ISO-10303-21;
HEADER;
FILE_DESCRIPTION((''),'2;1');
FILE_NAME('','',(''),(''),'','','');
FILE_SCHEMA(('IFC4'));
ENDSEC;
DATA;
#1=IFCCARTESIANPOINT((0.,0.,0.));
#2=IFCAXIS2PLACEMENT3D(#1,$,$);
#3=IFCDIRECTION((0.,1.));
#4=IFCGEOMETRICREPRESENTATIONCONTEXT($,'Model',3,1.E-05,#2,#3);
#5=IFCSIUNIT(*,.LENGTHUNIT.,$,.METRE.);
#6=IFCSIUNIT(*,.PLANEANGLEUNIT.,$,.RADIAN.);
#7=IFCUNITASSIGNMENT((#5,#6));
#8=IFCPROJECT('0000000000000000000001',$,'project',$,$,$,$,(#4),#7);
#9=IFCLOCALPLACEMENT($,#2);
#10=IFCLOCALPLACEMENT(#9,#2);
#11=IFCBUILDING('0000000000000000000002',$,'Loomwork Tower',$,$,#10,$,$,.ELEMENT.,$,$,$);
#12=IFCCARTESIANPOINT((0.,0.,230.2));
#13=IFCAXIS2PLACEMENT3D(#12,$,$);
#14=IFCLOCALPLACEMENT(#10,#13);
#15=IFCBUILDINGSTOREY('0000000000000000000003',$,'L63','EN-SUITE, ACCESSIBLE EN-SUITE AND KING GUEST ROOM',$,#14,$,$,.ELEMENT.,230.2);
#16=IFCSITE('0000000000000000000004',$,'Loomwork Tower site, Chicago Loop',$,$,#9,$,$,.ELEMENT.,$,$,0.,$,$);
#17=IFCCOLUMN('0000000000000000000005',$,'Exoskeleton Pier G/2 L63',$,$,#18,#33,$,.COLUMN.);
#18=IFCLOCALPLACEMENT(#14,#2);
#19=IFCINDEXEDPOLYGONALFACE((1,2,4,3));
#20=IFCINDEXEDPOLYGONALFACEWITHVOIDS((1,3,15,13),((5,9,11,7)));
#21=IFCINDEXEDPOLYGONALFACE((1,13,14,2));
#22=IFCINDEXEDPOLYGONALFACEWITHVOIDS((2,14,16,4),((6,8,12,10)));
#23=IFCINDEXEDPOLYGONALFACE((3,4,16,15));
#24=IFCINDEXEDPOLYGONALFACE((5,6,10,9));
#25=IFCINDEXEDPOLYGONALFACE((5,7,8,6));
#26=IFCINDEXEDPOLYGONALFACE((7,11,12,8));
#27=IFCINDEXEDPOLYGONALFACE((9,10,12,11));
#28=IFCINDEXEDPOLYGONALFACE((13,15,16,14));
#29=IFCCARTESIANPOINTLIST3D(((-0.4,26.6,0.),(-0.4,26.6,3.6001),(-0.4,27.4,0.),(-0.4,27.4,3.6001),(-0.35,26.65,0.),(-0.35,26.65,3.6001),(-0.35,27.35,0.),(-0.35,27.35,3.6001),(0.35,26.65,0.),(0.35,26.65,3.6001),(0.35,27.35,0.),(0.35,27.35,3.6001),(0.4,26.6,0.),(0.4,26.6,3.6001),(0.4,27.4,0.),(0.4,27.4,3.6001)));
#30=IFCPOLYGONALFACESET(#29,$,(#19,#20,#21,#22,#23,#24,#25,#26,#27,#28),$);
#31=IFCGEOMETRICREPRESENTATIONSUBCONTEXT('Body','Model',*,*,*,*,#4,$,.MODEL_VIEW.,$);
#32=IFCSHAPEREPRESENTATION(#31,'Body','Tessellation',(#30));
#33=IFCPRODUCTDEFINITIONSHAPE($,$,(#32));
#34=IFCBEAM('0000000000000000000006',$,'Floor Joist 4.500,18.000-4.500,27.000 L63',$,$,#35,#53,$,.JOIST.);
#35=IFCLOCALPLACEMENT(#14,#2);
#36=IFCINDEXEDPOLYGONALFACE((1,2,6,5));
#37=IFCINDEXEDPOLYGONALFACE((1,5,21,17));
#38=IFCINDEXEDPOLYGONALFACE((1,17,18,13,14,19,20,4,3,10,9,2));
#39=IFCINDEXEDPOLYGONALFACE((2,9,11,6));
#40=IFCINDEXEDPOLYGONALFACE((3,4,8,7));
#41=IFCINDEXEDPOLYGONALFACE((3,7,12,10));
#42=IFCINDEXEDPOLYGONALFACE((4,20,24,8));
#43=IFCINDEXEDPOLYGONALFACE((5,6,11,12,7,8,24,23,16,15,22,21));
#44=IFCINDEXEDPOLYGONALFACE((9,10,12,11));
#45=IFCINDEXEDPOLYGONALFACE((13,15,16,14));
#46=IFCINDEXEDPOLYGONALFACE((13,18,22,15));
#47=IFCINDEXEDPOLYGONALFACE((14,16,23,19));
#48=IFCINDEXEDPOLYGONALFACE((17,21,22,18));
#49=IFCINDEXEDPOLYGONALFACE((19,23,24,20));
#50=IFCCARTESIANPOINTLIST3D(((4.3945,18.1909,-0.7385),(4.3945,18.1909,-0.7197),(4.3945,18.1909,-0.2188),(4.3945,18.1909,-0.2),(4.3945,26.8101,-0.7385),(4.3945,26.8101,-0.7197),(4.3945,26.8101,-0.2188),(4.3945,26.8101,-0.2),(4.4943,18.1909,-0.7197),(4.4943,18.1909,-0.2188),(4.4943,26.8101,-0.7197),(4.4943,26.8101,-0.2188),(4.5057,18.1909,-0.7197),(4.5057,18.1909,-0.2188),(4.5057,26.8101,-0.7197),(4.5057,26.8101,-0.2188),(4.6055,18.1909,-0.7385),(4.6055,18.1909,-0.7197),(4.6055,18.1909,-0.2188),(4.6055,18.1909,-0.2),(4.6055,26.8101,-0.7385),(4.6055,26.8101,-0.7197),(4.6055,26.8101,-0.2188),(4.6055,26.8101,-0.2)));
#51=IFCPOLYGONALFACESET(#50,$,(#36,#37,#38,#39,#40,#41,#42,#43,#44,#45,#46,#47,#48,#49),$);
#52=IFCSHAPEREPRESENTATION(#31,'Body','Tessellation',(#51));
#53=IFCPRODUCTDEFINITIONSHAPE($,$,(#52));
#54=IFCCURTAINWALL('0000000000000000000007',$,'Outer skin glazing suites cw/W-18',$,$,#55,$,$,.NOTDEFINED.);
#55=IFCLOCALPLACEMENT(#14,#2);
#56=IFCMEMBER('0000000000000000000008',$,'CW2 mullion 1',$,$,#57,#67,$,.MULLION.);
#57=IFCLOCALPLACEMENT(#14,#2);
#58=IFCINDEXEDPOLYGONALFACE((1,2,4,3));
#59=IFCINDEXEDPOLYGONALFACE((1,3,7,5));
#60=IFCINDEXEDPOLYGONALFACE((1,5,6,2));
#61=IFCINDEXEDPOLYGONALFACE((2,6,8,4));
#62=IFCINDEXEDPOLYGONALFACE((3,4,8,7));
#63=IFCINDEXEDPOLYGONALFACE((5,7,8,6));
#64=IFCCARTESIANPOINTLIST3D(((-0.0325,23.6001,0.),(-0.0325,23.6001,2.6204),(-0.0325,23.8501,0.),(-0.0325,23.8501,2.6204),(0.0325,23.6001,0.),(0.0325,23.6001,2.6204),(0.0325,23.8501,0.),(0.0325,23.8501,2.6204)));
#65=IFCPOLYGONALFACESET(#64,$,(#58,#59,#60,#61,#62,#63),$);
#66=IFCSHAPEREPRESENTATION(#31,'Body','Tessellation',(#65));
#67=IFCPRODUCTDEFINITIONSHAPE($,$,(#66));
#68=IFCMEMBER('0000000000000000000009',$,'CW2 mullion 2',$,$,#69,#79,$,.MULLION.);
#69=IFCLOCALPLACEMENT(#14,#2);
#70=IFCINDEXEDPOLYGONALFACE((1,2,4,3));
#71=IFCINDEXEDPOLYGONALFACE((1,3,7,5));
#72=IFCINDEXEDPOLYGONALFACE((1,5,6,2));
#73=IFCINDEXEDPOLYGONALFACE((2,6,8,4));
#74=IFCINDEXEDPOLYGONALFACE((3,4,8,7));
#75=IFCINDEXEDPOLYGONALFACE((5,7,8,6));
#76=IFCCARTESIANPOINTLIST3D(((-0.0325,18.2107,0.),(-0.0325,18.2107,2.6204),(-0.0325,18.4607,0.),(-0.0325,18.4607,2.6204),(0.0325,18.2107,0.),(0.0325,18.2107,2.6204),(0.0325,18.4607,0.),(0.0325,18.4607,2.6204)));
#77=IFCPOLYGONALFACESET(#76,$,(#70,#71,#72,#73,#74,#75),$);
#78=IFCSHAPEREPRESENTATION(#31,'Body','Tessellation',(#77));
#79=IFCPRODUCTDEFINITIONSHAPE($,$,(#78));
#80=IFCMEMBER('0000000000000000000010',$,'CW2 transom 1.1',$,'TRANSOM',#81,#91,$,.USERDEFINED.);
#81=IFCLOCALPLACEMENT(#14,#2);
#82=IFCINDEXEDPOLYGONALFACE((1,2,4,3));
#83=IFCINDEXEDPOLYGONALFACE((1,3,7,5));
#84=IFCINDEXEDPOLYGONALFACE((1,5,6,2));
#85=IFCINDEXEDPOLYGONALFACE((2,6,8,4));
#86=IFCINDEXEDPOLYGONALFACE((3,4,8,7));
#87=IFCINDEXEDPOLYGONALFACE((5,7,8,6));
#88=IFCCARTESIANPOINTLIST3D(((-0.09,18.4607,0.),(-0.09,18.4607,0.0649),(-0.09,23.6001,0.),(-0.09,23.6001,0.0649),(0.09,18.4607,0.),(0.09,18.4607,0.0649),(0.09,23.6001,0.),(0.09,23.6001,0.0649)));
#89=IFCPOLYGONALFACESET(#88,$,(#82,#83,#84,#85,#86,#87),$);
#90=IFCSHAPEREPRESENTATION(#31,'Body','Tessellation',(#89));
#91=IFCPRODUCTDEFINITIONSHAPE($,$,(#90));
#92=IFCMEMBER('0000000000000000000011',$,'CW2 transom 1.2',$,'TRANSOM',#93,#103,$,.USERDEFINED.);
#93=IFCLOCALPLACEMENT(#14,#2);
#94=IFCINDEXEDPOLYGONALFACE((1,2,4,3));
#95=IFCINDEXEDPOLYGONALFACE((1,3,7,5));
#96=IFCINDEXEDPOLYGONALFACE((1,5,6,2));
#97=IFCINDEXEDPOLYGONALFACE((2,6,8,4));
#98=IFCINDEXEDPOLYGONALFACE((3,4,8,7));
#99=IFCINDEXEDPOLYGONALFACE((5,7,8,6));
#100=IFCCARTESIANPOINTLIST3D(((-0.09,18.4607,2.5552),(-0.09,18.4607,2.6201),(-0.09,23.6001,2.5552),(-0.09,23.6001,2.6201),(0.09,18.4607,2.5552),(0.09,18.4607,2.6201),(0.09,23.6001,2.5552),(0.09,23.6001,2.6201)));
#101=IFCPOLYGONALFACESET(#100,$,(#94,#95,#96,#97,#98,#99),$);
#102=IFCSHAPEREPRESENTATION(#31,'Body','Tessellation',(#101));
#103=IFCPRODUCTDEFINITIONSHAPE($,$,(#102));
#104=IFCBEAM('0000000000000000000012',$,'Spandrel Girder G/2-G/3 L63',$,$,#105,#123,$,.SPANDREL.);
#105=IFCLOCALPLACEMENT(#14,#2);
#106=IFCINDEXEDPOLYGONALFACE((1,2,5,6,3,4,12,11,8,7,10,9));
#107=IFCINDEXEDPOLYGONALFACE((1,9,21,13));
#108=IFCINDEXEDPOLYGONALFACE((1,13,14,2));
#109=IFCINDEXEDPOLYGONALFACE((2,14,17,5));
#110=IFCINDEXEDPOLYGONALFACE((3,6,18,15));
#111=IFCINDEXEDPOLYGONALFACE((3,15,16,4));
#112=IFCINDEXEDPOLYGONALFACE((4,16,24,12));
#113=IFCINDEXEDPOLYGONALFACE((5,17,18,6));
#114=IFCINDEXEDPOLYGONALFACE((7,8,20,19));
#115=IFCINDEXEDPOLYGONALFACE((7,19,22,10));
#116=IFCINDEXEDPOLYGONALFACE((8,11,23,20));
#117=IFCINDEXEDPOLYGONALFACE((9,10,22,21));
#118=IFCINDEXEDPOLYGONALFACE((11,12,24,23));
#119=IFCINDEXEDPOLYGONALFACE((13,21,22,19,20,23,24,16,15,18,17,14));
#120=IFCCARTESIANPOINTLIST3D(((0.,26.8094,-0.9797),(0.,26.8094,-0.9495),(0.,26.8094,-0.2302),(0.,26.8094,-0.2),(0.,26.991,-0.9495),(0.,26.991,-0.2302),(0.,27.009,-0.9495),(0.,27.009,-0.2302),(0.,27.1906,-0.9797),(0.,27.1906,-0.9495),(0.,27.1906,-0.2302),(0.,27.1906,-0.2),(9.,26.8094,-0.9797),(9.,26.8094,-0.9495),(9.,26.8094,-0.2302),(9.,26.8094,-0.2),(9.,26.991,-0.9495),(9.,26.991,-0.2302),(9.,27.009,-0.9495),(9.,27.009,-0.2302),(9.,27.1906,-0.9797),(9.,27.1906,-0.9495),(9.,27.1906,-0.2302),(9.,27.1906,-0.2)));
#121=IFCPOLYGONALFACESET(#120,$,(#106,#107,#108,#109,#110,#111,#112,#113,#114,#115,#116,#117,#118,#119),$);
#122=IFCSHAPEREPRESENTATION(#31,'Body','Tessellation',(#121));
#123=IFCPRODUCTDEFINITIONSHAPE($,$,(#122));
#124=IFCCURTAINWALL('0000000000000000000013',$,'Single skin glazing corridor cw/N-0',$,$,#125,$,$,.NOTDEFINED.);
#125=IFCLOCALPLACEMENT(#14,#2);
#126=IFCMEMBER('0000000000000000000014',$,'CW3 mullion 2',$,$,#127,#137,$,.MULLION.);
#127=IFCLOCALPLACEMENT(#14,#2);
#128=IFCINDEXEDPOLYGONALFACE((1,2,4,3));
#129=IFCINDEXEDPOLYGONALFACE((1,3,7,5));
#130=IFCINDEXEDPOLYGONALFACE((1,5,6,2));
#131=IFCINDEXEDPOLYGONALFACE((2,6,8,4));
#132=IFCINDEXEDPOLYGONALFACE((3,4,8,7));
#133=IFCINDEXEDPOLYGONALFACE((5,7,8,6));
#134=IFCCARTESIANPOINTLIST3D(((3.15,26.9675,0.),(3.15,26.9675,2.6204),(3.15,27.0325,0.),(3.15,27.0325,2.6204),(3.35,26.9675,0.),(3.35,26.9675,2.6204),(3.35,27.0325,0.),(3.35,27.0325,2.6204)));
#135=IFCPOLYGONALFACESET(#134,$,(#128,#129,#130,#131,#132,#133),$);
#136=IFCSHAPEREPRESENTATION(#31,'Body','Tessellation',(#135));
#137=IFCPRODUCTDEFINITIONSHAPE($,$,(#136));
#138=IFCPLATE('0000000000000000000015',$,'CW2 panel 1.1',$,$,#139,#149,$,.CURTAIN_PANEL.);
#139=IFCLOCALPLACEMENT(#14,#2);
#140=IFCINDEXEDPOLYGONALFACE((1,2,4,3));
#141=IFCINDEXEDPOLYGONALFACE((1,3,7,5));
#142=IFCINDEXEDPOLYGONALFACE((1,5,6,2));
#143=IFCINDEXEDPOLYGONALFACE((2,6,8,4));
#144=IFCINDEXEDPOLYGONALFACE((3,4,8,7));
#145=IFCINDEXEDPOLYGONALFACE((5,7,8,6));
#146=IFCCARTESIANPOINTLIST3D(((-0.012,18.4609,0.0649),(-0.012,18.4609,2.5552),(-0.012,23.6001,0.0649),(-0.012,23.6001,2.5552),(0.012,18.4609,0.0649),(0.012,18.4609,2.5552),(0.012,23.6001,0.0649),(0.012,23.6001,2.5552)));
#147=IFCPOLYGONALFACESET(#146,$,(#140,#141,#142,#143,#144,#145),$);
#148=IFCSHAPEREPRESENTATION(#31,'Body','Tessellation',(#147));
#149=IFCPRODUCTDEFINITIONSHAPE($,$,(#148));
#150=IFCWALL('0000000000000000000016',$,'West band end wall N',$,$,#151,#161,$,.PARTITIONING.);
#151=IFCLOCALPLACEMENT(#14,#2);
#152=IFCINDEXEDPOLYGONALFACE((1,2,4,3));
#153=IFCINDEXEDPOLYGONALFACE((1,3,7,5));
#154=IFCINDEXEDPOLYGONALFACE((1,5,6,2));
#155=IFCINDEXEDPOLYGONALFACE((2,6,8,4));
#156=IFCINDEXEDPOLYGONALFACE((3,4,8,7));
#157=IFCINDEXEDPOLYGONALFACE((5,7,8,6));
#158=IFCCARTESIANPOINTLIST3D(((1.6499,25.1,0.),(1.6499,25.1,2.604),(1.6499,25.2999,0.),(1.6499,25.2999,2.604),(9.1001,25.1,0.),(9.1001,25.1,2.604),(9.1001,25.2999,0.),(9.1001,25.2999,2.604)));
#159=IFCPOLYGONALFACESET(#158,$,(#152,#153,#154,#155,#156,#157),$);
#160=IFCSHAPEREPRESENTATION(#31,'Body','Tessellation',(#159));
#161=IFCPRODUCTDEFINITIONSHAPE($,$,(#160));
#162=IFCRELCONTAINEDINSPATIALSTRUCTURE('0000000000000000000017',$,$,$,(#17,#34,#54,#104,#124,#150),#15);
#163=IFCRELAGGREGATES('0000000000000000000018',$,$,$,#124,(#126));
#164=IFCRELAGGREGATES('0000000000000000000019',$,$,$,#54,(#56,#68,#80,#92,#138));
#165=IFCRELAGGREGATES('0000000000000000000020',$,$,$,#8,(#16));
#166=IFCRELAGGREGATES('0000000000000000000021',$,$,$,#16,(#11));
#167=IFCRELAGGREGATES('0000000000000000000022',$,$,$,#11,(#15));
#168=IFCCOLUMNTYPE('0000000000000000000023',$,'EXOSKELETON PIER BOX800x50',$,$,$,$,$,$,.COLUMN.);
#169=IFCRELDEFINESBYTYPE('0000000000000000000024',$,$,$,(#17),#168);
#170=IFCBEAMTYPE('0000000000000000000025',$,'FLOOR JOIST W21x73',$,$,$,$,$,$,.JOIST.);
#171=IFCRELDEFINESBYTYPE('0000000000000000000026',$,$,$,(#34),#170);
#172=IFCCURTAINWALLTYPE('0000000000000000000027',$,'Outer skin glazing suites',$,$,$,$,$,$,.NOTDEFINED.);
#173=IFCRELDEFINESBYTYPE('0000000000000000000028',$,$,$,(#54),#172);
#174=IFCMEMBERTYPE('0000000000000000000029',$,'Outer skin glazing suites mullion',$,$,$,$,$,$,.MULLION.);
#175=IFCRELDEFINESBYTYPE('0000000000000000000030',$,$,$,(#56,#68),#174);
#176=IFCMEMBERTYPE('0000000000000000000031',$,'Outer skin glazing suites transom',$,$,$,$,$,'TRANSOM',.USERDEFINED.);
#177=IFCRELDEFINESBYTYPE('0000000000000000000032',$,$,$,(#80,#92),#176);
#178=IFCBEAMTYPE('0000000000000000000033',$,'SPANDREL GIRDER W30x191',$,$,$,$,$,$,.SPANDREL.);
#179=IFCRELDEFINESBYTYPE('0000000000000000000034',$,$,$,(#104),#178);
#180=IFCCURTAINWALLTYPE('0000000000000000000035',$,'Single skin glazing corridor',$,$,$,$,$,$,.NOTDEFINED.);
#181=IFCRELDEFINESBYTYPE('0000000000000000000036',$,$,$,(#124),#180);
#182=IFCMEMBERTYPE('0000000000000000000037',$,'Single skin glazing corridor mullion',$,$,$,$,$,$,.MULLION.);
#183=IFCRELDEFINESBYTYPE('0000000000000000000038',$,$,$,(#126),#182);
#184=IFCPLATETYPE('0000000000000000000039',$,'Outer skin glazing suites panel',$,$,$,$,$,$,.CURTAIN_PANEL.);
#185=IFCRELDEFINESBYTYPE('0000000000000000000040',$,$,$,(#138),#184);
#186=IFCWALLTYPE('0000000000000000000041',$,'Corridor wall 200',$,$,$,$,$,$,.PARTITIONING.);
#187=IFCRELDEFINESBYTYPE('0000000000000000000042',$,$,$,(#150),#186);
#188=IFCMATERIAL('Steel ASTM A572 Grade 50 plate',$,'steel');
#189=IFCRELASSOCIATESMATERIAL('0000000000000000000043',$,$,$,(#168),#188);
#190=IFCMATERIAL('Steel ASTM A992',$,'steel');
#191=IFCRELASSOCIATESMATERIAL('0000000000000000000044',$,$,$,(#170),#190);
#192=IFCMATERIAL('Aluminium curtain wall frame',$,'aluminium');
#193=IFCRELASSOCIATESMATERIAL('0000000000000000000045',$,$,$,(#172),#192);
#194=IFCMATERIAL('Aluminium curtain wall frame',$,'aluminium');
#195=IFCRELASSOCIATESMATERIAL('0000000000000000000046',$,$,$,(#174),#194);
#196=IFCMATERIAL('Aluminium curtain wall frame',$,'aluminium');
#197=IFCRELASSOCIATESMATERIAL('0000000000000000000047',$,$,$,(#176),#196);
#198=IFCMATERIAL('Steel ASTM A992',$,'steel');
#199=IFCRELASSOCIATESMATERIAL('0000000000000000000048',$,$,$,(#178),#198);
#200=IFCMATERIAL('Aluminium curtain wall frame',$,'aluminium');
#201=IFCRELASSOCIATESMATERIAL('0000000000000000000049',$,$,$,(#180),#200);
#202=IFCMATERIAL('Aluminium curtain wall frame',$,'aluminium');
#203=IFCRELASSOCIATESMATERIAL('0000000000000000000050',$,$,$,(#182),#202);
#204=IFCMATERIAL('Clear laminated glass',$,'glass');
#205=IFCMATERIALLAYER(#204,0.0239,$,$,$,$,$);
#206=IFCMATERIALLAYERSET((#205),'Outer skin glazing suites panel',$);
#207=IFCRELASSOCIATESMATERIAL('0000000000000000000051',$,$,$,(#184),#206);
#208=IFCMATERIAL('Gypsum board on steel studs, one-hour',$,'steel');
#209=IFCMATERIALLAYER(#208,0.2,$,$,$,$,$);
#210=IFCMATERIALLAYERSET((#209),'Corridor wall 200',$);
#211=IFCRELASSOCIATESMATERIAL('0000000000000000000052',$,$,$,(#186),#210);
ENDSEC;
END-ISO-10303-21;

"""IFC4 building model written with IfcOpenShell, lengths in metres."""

from ifc_helpers import new_model, si_unit, direction, frame, frame_2d, origin, origin_2d, place, context, subcontext, project, spatial, rectangle, hollow_rectangle, i_section, extrude, material, layer, layer_set, material_profile, profile_set, type_object, element, aggregate, save


model = new_model("IFC4")

# Units and contexts
model_context = context("Model", 3, precision=1e-05, world=origin(), true_north=direction((0.0, 1.0)))
body_context = subcontext(model_context, "Body", "Model", "MODEL_VIEW")
ifc_project = project(units=[si_unit("LENGTHUNIT", "METRE"), si_unit("PLANEANGLEUNIT", "RADIAN")], contexts=[model_context])

# Site, building, storey
site_placement = place(None, origin())
site = spatial("IfcSite", under=ifc_project, at=site_placement, Name="Loomwork Tower site, Chicago Loop", CompositionType="ELEMENT", RefElevation=0.0)
building_placement = place(site_placement, origin())
building = spatial("IfcBuilding", under=site, at=building_placement, Name="Loomwork Tower", CompositionType="ELEMENT")
storey_placement = place(building_placement, frame((0.0, 0.0, 230.2)))
storey = spatial("IfcBuildingStorey", under=building, at=storey_placement, Name="L63", Description="EN-SUITE, ACCESSIBLE EN-SUITE AND KING GUEST ROOM", CompositionType="ELEMENT", Elevation=230.2)

# Column
ifc_material_1 = material(Name="Steel ASTM A572 Grade 50 plate", Category="steel")
ifc_material_profile_1 = material_profile(ifc_material_1, hollow_rectangle(XDim=0.8, YDim=0.8, WallThickness=0.05, at=origin_2d()), Name="BOX800x50")
ifc_profile_set_1 = profile_set([ifc_material_profile_1], Name="Steel ASTM A572 Grade 50 plate")
column_type = type_object("IfcColumnType", Name="EXOSKELETON PIER BOX800x50", PredefinedType="COLUMN", material=ifc_profile_set_1)
column_placement = place(storey_placement, frame((0.0, 27.0, 0.0), z_axis=(0.0, 0.0, 1.0), x_axis=(0.0, 1.0, 0.0)))
element("IfcColumn", 1, at=column_placement, inside=storey, type_object=column_type, Name="Exoskeleton Pier G/2 L63", PredefinedType="COLUMN", context=body_context, shape_type="SweptSolid", body=[
    extrude(hollow_rectangle(XDim=0.8, YDim=0.8, WallThickness=0.05, at=origin_2d()), origin(), (0.0, 0.0, 1.0), 3.6001),
])

# Beam
ifc_material_2 = material(Name="Steel ASTM A992", Category="steel")
ifc_material_profile_2 = material_profile(ifc_material_2, i_section(OverallWidth=0.2109, OverallDepth=0.5386, WebThickness=0.0115, FlangeThickness=0.0188, at=origin_2d()), Name="W21x73")
ifc_profile_set_2 = profile_set([ifc_material_profile_2], Name="Steel ASTM A992")
beam_type_1 = type_object("IfcBeamType", Name="FLOOR JOIST W21x73", PredefinedType="JOIST", material=ifc_profile_set_2)
beam_1_placement = place(storey_placement, frame((4.5, 18.1909, -0.4692), z_axis=(0.0, 1.0, 0.0), x_axis=(-1.0, 0.0, 0.0)))
element("IfcBeam", 2, at=beam_1_placement, inside=storey, type_object=beam_type_1, Name="Floor Joist 4.500,18.000-4.500,27.000 L63", PredefinedType="JOIST", context=body_context, shape_type="SweptSolid", body=[
    extrude(i_section(OverallWidth=0.2109, OverallDepth=0.5386, WebThickness=0.0115, FlangeThickness=0.0188, at=origin_2d()), origin(), (0.0, 0.0, 1.0), 8.6191),
])

# Curtain wall, members
ifc_material_3 = material(Name="Aluminium curtain wall frame", Category="aluminium")
curtain_wall_type_1 = type_object("IfcCurtainWallType", Name="Outer skin glazing suites", PredefinedType="NOTDEFINED", material=ifc_material_3)
curtain_wall_1_placement = place(storey_placement, origin())
curtain_wall_1 = element("IfcCurtainWall", 3, at=curtain_wall_1_placement, inside=storey, type_object=curtain_wall_type_1, Name="Outer skin glazing suites cw/W-18", PredefinedType="NOTDEFINED")
ifc_material_4 = material(Name="Aluminium curtain wall frame", Category="aluminium")
ifc_material_profile_3 = material_profile(ifc_material_4, rectangle(XDim=0.0649, YDim=0.25, at=origin_2d()), Name="AL 65x250")
ifc_profile_set_3 = profile_set([ifc_material_profile_3], Name="Aluminium curtain wall frame")
member_type_1 = type_object("IfcMemberType", Name="Outer skin glazing suites mullion", PredefinedType="MULLION", material=ifc_profile_set_3)
member_1_placement = place(storey_placement, frame((0.0, 23.7251, 0.0), z_axis=(0.0, 0.0, 1.0), x_axis=(1.0, 0.0, 0.0)))
member_1 = element("IfcMember", 4, at=member_1_placement, type_object=member_type_1, Name="CW2 mullion 1", PredefinedType="MULLION", context=body_context, shape_type="SweptSolid", body=[
    extrude(rectangle(XDim=0.0649, YDim=0.25, at=origin_2d()), origin(), (0.0, 0.0, 1.0), 2.6204),
])
member_2_placement = place(storey_placement, frame((0.0, 18.3357, 0.0), z_axis=(0.0, 0.0, 1.0), x_axis=(1.0, 0.0, 0.0)))
member_2 = element("IfcMember", 5, at=member_2_placement, type_object=member_type_1, Name="CW2 mullion 2", PredefinedType="MULLION", context=body_context, shape_type="SweptSolid", body=[
    extrude(rectangle(XDim=0.0649, YDim=0.25, at=origin_2d()), origin(), (0.0, 0.0, 1.0), 2.6204),
])
ifc_material_5 = material(Name="Aluminium curtain wall frame", Category="aluminium")
ifc_material_profile_4 = material_profile(ifc_material_5, rectangle(XDim=0.1799, YDim=0.0649, at=origin_2d()), Name="AL 65x180")
ifc_profile_set_4 = profile_set([ifc_material_profile_4], Name="Aluminium curtain wall frame")
member_type_2 = type_object("IfcMemberType", Name="Outer skin glazing suites transom", ElementType="TRANSOM", PredefinedType="USERDEFINED", material=ifc_profile_set_4)
member_3_placement = place(storey_placement, frame((0.0, 23.6001, 0.0325), z_axis=(0.0, -1.0, 0.0), x_axis=(1.0, 0.0, 0.0)))
member_3 = element("IfcMember", 6, at=member_3_placement, type_object=member_type_2, Name="CW2 transom 1.1", ObjectType="TRANSOM", PredefinedType="USERDEFINED", context=body_context, shape_type="SweptSolid", body=[
    extrude(rectangle(XDim=0.1799, YDim=0.0649, at=origin_2d()), origin(), (0.0, 0.0, 1.0), 5.1394),
])
member_4_placement = place(storey_placement, frame((0.0, 23.6001, 2.5876), z_axis=(0.0, -1.0, 0.0), x_axis=(1.0, 0.0, 0.0)))
member_4 = element("IfcMember", 7, at=member_4_placement, type_object=member_type_2, Name="CW2 transom 1.2", ObjectType="TRANSOM", PredefinedType="USERDEFINED", context=body_context, shape_type="SweptSolid", body=[
    extrude(rectangle(XDim=0.1799, YDim=0.0649, at=origin_2d()), origin(), (0.0, 0.0, 1.0), 5.1394),
])

# Beam
ifc_material_6 = material(Name="Steel ASTM A992", Category="steel")
ifc_material_profile_5 = material_profile(ifc_material_6, i_section(OverallWidth=0.3811, OverallDepth=0.7798, WebThickness=0.0181, FlangeThickness=0.0303, at=origin_2d()), Name="W30x191")
ifc_profile_set_5 = profile_set([ifc_material_profile_5], Name="Steel ASTM A992")
beam_type_2 = type_object("IfcBeamType", Name="SPANDREL GIRDER W30x191", PredefinedType="SPANDREL", material=ifc_profile_set_5)
beam_2_placement = place(storey_placement, frame((0.0, 27.0, -0.5898), z_axis=(1.0, 0.0, 0.0), x_axis=(0.0, 1.0, 0.0)))
element("IfcBeam", 8, at=beam_2_placement, inside=storey, type_object=beam_type_2, Name="Spandrel Girder G/2-G/3 L63", PredefinedType="SPANDREL", context=body_context, shape_type="SweptSolid", body=[
    extrude(i_section(OverallWidth=0.3811, OverallDepth=0.7798, WebThickness=0.0181, FlangeThickness=0.0303, at=origin_2d()), origin(), (0.0, 0.0, 1.0), 9.0),
])

# Curtain wall, member
ifc_material_7 = material(Name="Aluminium curtain wall frame", Category="aluminium")
curtain_wall_type_2 = type_object("IfcCurtainWallType", Name="Single skin glazing corridor", PredefinedType="NOTDEFINED", material=ifc_material_7)
curtain_wall_2_placement = place(storey_placement, origin())
curtain_wall_2 = element("IfcCurtainWall", 9, at=curtain_wall_2_placement, inside=storey, type_object=curtain_wall_type_2, Name="Single skin glazing corridor cw/N-0", PredefinedType="NOTDEFINED")
ifc_material_8 = material(Name="Aluminium curtain wall frame", Category="aluminium")
ifc_material_profile_6 = material_profile(ifc_material_8, rectangle(XDim=0.0649, YDim=0.2, at=origin_2d()), Name="AL 65x200")
ifc_profile_set_6 = profile_set([ifc_material_profile_6], Name="Aluminium curtain wall frame")
member_type_3 = type_object("IfcMemberType", Name="Single skin glazing corridor mullion", PredefinedType="MULLION", material=ifc_profile_set_6)
member_5_placement = place(storey_placement, frame((3.25, 27.0, 0.0), z_axis=(0.0, 0.0, 1.0), x_axis=(0.0, -1.0, 0.0)))
member_5 = element("IfcMember", 10, at=member_5_placement, type_object=member_type_3, Name="CW3 mullion 2", PredefinedType="MULLION", context=body_context, shape_type="SweptSolid", body=[
    extrude(rectangle(XDim=0.0649, YDim=0.2, at=origin_2d()), origin(), (0.0, 0.0, 1.0), 2.6204),
])
aggregate(curtain_wall_2, [member_5])

# Plate
ifc_material_9 = material(Name="Clear laminated glass", Category="glass")
ifc_layer_1 = layer(ifc_material_9, 0.0239)
ifc_layer_set_1 = layer_set([ifc_layer_1], Name="Outer skin glazing suites panel")
plate_type = type_object("IfcPlateType", Name="Outer skin glazing suites panel", PredefinedType="CURTAIN_PANEL", material=ifc_layer_set_1)
plate_placement = place(storey_placement, frame((0.0, 21.0305, 0.0649), z_axis=(0.0, 0.0, 1.0), x_axis=(0.0, -1.0, 0.0)))
plate = element("IfcPlate", 11, at=plate_placement, type_object=plate_type, Name="CW2 panel 1.1", PredefinedType="CURTAIN_PANEL", context=body_context, shape_type="SweptSolid", body=[
    extrude(rectangle(XDim=5.1392, YDim=0.0239, at=origin_2d()), origin(), (0.0, 0.0, 1.0), 2.4902),
])
aggregate(curtain_wall_1, [member_1, member_2, member_3, member_4, plate])

# Wall
ifc_material_10 = material(Name="Gypsum board on steel studs, one-hour", Category="steel")
ifc_layer_2 = layer(ifc_material_10, 0.2)
ifc_layer_set_2 = layer_set([ifc_layer_2], Name="Corridor wall 200")
wall_type_1 = type_object("IfcWallType", Name="Corridor wall 200", PredefinedType="PARTITIONING", material=ifc_layer_set_2)
wall_1_placement = place(storey_placement, frame((1.6499, 25.2, 0.0), z_axis=(0.0, 0.0, 1.0), x_axis=(1.0, 0.0, 0.0)))
element("IfcWall", 12, at=wall_1_placement, inside=storey, type_object=wall_type_1, Name="West band end wall N", PredefinedType="PARTITIONING", context=body_context, shape_type="SweptSolid", body=[
    extrude(rectangle(XDim=7.4502, YDim=0.2, at=frame_2d((3.7251, 0.0))), origin(), (0.0, 0.0, 1.0), 2.604),
])

save(model, "model.ifc")
